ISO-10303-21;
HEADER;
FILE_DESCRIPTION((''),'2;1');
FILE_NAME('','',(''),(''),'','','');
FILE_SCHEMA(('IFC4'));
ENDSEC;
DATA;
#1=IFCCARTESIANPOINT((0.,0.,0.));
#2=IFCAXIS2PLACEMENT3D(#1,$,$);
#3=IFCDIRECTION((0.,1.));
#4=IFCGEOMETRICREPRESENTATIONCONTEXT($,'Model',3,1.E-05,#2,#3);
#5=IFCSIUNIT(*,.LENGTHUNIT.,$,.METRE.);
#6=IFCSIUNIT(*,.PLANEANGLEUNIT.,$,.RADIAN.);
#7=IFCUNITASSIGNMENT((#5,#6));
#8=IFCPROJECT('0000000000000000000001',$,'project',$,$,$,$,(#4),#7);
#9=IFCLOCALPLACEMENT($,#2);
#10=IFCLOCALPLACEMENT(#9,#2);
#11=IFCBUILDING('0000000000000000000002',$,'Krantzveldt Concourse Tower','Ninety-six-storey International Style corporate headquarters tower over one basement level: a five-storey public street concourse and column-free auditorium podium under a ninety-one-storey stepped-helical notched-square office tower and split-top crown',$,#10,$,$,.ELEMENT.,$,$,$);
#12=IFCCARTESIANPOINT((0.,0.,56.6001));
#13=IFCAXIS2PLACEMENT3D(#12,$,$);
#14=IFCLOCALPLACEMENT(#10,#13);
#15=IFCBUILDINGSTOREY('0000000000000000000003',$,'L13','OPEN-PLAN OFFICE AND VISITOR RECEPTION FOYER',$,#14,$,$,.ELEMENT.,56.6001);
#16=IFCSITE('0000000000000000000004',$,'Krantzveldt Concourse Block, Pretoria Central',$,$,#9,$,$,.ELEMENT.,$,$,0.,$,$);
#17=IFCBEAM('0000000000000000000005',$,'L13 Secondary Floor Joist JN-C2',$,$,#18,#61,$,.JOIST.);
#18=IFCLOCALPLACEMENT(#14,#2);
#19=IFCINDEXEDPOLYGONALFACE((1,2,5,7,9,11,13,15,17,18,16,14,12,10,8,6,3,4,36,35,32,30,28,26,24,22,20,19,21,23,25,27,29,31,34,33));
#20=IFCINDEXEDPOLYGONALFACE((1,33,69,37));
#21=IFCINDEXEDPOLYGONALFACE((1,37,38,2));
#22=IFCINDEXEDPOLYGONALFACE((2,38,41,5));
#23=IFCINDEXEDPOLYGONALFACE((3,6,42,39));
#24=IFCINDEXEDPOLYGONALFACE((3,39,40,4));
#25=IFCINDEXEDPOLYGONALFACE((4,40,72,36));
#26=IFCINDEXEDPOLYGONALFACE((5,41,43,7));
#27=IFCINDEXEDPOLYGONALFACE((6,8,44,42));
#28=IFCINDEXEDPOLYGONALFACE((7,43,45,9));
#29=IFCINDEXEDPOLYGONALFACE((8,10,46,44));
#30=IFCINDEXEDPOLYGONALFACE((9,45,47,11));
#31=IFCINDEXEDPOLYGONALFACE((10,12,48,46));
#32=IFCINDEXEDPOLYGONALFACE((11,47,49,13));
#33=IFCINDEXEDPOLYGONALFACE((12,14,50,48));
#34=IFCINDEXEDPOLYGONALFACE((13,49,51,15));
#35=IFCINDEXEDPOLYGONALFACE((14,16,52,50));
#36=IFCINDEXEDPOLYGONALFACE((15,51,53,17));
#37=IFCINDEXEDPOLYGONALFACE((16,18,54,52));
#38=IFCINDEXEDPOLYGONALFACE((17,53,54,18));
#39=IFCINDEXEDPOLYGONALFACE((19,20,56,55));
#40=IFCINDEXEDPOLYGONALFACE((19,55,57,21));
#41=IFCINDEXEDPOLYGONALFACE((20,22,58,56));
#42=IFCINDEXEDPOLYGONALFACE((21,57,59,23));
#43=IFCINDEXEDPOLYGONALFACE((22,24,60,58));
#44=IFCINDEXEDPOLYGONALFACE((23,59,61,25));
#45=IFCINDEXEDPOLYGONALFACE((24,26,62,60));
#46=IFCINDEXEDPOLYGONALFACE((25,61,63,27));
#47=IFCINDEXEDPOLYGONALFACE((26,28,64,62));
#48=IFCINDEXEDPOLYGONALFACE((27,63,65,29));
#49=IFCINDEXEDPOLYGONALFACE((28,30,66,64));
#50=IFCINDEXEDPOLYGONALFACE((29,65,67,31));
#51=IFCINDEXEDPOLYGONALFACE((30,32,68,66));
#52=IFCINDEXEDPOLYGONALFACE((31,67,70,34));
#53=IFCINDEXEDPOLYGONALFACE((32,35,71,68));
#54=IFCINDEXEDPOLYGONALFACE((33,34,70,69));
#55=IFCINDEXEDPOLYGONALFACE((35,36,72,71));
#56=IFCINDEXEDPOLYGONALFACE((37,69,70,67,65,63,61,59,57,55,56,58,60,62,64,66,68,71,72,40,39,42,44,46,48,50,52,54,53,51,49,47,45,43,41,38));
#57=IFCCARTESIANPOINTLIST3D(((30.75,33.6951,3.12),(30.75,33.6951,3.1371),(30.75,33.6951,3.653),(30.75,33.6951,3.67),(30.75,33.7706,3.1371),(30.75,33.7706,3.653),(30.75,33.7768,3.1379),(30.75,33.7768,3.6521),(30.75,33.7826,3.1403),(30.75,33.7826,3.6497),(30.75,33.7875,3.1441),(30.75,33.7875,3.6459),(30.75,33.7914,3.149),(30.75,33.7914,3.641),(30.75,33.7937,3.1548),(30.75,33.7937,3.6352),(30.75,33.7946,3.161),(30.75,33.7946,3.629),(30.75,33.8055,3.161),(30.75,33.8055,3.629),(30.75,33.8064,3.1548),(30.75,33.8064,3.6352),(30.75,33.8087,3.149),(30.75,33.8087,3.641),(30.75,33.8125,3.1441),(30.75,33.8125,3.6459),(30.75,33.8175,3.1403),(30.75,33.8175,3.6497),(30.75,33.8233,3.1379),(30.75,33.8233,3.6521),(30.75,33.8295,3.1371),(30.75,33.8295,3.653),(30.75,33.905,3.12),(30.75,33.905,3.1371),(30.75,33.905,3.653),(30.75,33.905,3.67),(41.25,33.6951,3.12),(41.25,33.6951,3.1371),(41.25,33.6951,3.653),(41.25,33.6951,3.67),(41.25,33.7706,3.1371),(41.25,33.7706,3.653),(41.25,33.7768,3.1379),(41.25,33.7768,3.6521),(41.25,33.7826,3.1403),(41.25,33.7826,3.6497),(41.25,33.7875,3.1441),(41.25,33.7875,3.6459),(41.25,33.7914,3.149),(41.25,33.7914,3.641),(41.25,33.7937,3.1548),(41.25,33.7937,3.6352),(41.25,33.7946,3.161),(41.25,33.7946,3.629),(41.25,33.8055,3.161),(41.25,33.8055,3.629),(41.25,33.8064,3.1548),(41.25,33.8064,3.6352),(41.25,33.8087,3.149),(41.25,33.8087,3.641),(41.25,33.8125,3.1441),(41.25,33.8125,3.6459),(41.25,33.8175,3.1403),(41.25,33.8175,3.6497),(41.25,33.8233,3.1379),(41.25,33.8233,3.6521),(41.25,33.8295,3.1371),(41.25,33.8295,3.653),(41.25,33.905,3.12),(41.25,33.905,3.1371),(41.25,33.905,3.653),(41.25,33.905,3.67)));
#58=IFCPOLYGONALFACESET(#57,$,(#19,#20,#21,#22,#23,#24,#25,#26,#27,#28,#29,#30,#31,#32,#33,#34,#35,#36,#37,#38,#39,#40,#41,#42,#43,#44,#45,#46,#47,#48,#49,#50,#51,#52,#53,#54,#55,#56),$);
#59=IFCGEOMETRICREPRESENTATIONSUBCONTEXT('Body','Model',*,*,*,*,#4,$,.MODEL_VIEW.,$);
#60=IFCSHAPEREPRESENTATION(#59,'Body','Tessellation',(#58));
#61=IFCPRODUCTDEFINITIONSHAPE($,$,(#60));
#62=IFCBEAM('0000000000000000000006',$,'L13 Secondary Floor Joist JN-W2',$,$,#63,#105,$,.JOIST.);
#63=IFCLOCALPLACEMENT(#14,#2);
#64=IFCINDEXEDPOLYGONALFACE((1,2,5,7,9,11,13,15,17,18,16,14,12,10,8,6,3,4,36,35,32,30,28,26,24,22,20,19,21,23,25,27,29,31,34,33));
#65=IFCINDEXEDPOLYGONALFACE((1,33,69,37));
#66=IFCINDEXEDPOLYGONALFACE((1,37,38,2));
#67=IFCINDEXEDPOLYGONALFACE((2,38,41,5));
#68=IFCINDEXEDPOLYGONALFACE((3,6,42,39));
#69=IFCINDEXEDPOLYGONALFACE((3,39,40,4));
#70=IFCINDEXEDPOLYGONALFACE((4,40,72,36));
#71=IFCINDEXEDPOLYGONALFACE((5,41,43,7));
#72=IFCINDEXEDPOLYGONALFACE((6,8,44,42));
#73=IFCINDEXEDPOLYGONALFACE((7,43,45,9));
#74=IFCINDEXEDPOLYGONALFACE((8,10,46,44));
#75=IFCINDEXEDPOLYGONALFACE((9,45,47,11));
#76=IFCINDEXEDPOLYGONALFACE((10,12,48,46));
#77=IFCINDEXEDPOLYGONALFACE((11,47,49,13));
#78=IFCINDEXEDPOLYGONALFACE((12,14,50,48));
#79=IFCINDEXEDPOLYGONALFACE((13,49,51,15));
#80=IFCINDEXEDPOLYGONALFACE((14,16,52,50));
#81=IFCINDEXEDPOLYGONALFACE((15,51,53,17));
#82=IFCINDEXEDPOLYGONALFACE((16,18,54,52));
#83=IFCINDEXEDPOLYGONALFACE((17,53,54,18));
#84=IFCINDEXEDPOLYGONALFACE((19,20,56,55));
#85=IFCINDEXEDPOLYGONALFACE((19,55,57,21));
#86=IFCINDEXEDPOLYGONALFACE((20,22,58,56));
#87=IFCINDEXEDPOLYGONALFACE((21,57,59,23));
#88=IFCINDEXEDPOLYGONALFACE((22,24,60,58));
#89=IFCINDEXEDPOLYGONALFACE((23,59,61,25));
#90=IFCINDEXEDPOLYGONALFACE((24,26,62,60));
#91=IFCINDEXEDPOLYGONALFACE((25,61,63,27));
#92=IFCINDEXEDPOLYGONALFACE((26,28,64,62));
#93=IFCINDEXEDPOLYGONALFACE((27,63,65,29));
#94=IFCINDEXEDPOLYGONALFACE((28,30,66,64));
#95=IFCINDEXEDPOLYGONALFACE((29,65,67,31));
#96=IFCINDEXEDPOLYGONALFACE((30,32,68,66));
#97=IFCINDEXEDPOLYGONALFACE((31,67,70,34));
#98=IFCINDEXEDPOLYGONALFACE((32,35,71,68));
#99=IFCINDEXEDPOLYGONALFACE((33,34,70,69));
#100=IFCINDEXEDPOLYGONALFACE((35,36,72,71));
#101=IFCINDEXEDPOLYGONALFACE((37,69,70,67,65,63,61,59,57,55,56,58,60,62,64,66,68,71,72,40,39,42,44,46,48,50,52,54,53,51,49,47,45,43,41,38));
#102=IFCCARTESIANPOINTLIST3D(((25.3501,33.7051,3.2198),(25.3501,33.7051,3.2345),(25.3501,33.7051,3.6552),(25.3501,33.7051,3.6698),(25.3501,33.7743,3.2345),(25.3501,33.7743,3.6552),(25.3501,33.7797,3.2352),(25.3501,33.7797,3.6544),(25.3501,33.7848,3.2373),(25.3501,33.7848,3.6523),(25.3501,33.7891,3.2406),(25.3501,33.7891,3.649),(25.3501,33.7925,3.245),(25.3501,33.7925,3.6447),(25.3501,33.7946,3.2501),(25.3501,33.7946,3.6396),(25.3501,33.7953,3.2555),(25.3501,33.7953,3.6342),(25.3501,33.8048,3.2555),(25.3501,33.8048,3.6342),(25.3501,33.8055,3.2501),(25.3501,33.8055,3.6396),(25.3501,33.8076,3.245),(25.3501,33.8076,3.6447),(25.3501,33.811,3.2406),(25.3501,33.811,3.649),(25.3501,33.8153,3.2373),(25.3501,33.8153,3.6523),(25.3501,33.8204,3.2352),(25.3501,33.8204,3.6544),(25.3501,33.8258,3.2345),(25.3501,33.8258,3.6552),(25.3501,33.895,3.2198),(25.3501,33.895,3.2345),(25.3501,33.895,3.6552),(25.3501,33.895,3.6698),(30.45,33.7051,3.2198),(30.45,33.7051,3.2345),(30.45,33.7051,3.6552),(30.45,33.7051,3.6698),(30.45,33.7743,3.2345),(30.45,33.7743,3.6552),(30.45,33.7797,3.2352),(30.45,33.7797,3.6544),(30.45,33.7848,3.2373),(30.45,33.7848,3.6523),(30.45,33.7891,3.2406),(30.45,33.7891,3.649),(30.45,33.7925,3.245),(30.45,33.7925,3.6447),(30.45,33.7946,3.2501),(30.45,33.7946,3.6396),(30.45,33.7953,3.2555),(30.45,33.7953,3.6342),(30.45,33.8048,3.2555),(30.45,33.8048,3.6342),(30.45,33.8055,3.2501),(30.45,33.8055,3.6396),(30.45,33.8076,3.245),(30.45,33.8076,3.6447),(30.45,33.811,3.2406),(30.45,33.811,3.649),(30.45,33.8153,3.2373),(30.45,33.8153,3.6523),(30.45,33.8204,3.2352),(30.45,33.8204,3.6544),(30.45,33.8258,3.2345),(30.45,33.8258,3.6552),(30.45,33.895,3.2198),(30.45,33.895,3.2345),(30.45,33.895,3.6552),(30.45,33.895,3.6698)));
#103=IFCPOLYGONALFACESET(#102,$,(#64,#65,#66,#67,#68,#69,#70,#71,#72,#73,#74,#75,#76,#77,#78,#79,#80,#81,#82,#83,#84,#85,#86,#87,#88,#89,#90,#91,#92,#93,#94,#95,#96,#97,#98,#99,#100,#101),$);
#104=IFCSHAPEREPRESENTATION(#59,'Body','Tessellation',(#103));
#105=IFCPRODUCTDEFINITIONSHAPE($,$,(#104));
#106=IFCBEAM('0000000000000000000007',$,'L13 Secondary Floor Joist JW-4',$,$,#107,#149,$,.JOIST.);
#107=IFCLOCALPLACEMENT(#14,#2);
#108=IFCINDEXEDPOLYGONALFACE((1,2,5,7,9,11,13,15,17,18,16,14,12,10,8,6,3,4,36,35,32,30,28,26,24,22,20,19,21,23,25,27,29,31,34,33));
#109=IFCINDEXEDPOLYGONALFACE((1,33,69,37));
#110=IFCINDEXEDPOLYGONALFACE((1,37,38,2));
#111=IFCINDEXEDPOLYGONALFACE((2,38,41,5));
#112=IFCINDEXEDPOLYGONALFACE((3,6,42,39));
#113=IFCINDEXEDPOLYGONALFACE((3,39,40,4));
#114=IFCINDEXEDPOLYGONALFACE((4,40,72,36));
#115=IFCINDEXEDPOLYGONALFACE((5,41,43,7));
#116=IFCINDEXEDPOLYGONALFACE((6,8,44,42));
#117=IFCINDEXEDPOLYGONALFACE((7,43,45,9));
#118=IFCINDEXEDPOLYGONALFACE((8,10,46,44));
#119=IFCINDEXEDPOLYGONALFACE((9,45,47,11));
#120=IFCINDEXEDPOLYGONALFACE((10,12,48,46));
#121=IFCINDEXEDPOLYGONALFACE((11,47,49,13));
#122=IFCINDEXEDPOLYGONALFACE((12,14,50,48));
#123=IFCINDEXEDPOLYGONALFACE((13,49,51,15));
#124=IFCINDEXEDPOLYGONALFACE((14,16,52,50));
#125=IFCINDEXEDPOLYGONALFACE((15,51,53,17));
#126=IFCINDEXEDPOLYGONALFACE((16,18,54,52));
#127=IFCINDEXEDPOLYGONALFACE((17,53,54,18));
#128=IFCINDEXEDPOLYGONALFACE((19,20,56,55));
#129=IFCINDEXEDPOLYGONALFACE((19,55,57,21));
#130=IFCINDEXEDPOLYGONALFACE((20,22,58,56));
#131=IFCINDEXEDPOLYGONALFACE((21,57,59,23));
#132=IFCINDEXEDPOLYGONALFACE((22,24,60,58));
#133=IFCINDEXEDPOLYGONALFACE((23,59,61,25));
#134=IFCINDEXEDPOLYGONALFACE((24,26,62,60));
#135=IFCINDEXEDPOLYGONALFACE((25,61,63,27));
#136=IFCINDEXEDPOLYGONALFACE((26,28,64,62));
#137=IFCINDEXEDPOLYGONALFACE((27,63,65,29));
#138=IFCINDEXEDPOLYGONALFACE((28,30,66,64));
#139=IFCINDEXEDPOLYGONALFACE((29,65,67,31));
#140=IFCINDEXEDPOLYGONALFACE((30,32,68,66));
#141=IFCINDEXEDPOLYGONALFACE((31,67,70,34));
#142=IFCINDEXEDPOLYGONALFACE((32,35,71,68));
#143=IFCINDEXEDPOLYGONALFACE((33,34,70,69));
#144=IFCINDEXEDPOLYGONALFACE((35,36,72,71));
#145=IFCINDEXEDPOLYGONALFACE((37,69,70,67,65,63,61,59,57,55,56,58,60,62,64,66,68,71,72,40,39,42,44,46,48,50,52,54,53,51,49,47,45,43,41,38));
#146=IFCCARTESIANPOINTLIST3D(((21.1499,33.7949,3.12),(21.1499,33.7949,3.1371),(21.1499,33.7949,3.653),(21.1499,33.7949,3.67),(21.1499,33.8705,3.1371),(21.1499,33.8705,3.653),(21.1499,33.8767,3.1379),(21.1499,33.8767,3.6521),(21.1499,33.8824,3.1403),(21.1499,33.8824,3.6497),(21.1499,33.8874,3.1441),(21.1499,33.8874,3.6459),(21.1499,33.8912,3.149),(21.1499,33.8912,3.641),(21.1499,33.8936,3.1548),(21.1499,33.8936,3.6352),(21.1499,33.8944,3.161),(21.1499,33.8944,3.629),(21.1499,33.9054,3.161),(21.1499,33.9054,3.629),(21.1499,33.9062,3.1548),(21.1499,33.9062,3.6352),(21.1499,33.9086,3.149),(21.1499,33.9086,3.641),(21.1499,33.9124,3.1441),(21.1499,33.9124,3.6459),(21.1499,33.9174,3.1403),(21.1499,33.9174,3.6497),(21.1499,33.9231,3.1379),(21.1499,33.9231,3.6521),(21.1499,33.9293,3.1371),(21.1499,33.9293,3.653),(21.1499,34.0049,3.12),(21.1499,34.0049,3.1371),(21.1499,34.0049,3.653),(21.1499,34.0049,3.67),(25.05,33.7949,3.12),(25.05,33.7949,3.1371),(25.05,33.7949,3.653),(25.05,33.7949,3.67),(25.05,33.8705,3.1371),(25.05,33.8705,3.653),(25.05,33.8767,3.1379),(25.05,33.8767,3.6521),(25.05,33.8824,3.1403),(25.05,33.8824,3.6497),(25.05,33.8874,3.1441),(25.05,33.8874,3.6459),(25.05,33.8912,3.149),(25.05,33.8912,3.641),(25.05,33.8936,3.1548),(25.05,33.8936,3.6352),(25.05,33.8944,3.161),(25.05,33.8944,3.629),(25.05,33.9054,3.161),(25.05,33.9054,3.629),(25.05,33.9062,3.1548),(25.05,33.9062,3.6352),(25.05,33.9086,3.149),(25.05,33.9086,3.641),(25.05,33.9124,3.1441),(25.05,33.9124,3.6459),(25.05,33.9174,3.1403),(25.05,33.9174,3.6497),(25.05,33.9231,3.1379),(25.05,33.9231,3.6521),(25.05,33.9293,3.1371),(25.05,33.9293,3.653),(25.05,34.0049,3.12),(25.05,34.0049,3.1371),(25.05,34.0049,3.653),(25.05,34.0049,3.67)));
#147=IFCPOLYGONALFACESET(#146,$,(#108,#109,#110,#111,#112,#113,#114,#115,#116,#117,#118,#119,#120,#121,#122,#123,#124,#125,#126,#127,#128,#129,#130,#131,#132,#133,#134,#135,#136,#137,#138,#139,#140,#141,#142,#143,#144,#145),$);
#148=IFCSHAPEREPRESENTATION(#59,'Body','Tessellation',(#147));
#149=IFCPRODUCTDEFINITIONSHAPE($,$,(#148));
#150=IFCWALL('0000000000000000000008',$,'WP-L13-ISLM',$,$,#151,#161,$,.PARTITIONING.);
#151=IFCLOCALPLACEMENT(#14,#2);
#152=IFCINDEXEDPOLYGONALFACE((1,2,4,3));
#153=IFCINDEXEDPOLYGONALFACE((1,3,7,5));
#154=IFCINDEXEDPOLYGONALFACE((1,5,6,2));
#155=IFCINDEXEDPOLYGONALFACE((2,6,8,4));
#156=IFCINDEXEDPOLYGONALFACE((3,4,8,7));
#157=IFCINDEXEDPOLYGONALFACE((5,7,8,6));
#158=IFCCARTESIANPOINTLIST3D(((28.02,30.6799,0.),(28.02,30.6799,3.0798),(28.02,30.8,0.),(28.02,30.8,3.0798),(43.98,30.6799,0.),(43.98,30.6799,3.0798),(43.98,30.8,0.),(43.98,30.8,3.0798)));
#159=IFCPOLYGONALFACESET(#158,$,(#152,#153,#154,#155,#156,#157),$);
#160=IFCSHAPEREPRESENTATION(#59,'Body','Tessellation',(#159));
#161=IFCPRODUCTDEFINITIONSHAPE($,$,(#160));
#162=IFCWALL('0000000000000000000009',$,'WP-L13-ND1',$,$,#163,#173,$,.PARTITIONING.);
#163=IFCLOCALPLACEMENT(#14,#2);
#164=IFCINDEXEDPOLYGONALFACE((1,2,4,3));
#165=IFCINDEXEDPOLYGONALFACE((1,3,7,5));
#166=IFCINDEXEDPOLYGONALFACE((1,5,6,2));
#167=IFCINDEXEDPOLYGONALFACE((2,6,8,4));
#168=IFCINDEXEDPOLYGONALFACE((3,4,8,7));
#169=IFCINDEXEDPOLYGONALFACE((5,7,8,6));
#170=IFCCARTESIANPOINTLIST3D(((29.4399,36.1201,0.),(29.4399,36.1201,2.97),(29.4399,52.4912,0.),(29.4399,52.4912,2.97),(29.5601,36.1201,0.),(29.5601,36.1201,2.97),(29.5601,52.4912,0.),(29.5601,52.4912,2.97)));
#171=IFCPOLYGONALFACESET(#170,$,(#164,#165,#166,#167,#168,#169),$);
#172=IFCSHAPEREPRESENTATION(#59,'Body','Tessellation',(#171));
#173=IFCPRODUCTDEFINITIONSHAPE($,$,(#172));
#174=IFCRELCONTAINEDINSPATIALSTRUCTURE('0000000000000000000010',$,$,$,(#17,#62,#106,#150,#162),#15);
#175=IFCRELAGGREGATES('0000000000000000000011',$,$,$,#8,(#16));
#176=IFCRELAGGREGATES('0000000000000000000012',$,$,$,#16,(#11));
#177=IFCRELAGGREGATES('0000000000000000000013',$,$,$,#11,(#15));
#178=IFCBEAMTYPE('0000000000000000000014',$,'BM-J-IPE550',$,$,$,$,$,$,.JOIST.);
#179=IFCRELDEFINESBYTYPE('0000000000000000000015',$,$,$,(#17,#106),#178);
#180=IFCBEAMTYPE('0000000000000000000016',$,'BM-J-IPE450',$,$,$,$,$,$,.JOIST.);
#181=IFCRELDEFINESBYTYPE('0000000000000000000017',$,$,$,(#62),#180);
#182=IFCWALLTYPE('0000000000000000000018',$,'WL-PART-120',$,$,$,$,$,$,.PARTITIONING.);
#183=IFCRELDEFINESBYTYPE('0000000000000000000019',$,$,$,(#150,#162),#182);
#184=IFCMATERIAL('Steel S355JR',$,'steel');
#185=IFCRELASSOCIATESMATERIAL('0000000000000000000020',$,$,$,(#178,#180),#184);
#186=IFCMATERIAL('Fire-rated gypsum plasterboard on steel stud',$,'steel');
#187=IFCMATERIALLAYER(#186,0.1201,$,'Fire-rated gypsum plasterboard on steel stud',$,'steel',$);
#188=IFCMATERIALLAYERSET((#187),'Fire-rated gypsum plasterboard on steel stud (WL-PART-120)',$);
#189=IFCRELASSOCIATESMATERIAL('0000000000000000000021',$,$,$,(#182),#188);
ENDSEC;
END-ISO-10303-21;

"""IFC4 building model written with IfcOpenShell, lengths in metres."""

from ifc_helpers import new_model, si_unit, direction, frame, frame_2d, origin, origin_2d, place, context, subcontext, project, spatial, rectangle, i_section, extrude, source, transform, mapped, material, layer, layer_set, material_profile, profile_set, type_object, type_shapes, element, save


model = new_model("IFC4")

# Units and contexts
model_context = context("Model", 3, precision=1e-05, world=origin(), true_north=direction((0.0, 1.0)))
body_context = subcontext(model_context, "Body", "Model", "MODEL_VIEW")
ifc_project = project(units=[si_unit("LENGTHUNIT", "METRE"), si_unit("PLANEANGLEUNIT", "RADIAN")], contexts=[model_context])

# Site, building, storey
site_placement = place(None, origin())
site = spatial("IfcSite", under=ifc_project, at=site_placement, Name="Krantzveldt Concourse Block, Pretoria Central", CompositionType="ELEMENT", RefElevation=0.0)
building_placement = place(site_placement, origin())
building = spatial("IfcBuilding", under=site, at=building_placement, Name="Krantzveldt Concourse Tower", Description="Ninety-six-storey International Style corporate headquarters tower over one basement level: a five-storey public street concourse and column-free auditorium podium under a ninety-one-storey stepped-helical notched-square office tower and split-top crown", CompositionType="ELEMENT")
storey_placement = place(building_placement, frame((0.0, 0.0, 56.6001)))
storey = spatial("IfcBuildingStorey", under=building, at=storey_placement, Name="L13", Description="OPEN-PLAN OFFICE AND VISITOR RECEPTION FOYER", CompositionType="ELEMENT", Elevation=56.6001)

# Beams
ifc_material_1 = material(Name="Steel S355JR", Category="steel")
ifc_material_profile_1 = material_profile(ifc_material_1, i_section(OverallWidth=0.21, OverallDepth=0.55, WebThickness=0.011, FlangeThickness=0.0171, FilletRadius=0.0239, at=origin_2d()), Name="Steel S355JR", Category="steel")
ifc_profile_set_1 = profile_set([ifc_material_profile_1], Name="Steel S355JR - IPE 550")
beam_type_1 = type_object("IfcBeamType", Name="BM-J-IPE550", PredefinedType="JOIST", material=ifc_profile_set_1)
shared_shape_1 = source(origin(), body_context, "Body", "SweptSolid", [
    extrude(i_section(OverallWidth=0.21, OverallDepth=0.55, WebThickness=0.011, FlangeThickness=0.0171, FilletRadius=0.0239, at=origin_2d()), origin(), (0.0, 0.0, 1.0), 10.5),
])
beam_1_placement = place(storey_placement, frame((30.75, 33.8, 3.395), z_axis=(1.0, 0.0, 0.0), x_axis=(0.0, 1.0, 0.0)))
element("IfcBeam", 1, at=beam_1_placement, inside=storey, type_object=beam_type_1, Name="L13 Secondary Floor Joist JN-C2", PredefinedType="JOIST", context=body_context, shape_type="MappedRepresentation", body=[
    mapped(shared_shape_1, transform((0.0, 0.0, 0.0), x_axis=(1.0, 0.0, 0.0), y_axis=(0.0, 1.0, 0.0), z_axis=(0.0, 0.0, 1.0), scale=1.0)),
])
ifc_material_profile_2 = material_profile(ifc_material_1, i_section(OverallWidth=0.1899, OverallDepth=0.45, WebThickness=0.0095, FlangeThickness=0.0146, FilletRadius=0.021, at=origin_2d()), Name="Steel S355JR", Category="steel")
ifc_profile_set_2 = profile_set([ifc_material_profile_2], Name="Steel S355JR - IPE 450")
beam_type_2 = type_object("IfcBeamType", Name="BM-J-IPE450", PredefinedType="JOIST", material=ifc_profile_set_2)
shared_shape_2 = source(origin(), body_context, "Body", "SweptSolid", [
    extrude(i_section(OverallWidth=0.1899, OverallDepth=0.45, WebThickness=0.0095, FlangeThickness=0.0146, FilletRadius=0.021, at=origin_2d()), origin(), (0.0, 0.0, 1.0), 5.0999),
])
type_shapes(beam_type_2, [shared_shape_2])
beam_2_placement = place(storey_placement, frame((25.3501, 33.8, 3.4448), z_axis=(1.0, 0.0, 0.0), x_axis=(0.0, 1.0, 0.0)))
element("IfcBeam", 2, at=beam_2_placement, inside=storey, type_object=beam_type_2, Name="L13 Secondary Floor Joist JN-W2", PredefinedType="JOIST", context=body_context, shape_type="MappedRepresentation", body=[
    mapped(shared_shape_2, transform((0.0, 0.0, 0.0), x_axis=(1.0, 0.0, 0.0), y_axis=(0.0, 1.0, 0.0), z_axis=(0.0, 0.0, 1.0), scale=1.0)),
])
shared_shape_3 = source(origin(), body_context, "Body", "SweptSolid", [
    extrude(i_section(OverallWidth=0.21, OverallDepth=0.55, WebThickness=0.011, FlangeThickness=0.0171, FilletRadius=0.0239, at=origin_2d()), origin(), (0.0, 0.0, 1.0), 3.9001),
])
type_shapes(beam_type_1, [shared_shape_1, shared_shape_3])
beam_3_placement = place(storey_placement, frame((21.1499, 33.8999, 3.395), z_axis=(1.0, 0.0, 0.0), x_axis=(0.0, 1.0, 0.0)))
element("IfcBeam", 3, at=beam_3_placement, inside=storey, type_object=beam_type_1, Name="L13 Secondary Floor Joist JW-4", PredefinedType="JOIST", context=body_context, shape_type="MappedRepresentation", body=[
    mapped(shared_shape_3, transform((0.0, 0.0, 0.0), x_axis=(1.0, 0.0, 0.0), y_axis=(0.0, 1.0, 0.0), z_axis=(0.0, 0.0, 1.0), scale=1.0)),
])

# Walls
ifc_material_2 = material(Name="Fire-rated gypsum plasterboard on steel stud", Category="steel")
ifc_layer_1 = layer(ifc_material_2, 0.1201, Name="Fire-rated gypsum plasterboard on steel stud", Category="steel")
ifc_layer_set_1 = layer_set([ifc_layer_1], Name="Fire-rated gypsum plasterboard on steel stud (WL-PART-120)")
wall_type_1 = type_object("IfcWallType", Name="WL-PART-120", PredefinedType="PARTITIONING", material=ifc_layer_set_1)
wall_1_placement = place(storey_placement, frame((28.02, 30.74, 0.0), z_axis=(0.0, 0.0, 1.0), x_axis=(1.0, 0.0, 0.0)))
element("IfcWall", 4, at=wall_1_placement, inside=storey, type_object=wall_type_1, Name="WP-L13-ISLM", PredefinedType="PARTITIONING", context=body_context, shape_type="SweptSolid", body=[
    extrude(rectangle(XDim=15.96, YDim=0.1201, at=frame_2d((7.98, 0.0))), origin(), (0.0, 0.0, 1.0), 3.0798),
])
wall_2_placement = place(storey_placement, frame((29.5, 36.1201, 0.0), z_axis=(0.0, 0.0, 1.0), x_axis=(0.0, 1.0, 0.0)))
element("IfcWall", 5, at=wall_2_placement, inside=storey, type_object=wall_type_1, Name="WP-L13-ND1", PredefinedType="PARTITIONING", context=body_context, shape_type="SweptSolid", body=[
    extrude(rectangle(XDim=16.3711, YDim=0.1201, at=frame_2d((8.1855, 0.0))), origin(), (0.0, 0.0, 1.0), 2.97),
])

save(model, "model.ifc")
